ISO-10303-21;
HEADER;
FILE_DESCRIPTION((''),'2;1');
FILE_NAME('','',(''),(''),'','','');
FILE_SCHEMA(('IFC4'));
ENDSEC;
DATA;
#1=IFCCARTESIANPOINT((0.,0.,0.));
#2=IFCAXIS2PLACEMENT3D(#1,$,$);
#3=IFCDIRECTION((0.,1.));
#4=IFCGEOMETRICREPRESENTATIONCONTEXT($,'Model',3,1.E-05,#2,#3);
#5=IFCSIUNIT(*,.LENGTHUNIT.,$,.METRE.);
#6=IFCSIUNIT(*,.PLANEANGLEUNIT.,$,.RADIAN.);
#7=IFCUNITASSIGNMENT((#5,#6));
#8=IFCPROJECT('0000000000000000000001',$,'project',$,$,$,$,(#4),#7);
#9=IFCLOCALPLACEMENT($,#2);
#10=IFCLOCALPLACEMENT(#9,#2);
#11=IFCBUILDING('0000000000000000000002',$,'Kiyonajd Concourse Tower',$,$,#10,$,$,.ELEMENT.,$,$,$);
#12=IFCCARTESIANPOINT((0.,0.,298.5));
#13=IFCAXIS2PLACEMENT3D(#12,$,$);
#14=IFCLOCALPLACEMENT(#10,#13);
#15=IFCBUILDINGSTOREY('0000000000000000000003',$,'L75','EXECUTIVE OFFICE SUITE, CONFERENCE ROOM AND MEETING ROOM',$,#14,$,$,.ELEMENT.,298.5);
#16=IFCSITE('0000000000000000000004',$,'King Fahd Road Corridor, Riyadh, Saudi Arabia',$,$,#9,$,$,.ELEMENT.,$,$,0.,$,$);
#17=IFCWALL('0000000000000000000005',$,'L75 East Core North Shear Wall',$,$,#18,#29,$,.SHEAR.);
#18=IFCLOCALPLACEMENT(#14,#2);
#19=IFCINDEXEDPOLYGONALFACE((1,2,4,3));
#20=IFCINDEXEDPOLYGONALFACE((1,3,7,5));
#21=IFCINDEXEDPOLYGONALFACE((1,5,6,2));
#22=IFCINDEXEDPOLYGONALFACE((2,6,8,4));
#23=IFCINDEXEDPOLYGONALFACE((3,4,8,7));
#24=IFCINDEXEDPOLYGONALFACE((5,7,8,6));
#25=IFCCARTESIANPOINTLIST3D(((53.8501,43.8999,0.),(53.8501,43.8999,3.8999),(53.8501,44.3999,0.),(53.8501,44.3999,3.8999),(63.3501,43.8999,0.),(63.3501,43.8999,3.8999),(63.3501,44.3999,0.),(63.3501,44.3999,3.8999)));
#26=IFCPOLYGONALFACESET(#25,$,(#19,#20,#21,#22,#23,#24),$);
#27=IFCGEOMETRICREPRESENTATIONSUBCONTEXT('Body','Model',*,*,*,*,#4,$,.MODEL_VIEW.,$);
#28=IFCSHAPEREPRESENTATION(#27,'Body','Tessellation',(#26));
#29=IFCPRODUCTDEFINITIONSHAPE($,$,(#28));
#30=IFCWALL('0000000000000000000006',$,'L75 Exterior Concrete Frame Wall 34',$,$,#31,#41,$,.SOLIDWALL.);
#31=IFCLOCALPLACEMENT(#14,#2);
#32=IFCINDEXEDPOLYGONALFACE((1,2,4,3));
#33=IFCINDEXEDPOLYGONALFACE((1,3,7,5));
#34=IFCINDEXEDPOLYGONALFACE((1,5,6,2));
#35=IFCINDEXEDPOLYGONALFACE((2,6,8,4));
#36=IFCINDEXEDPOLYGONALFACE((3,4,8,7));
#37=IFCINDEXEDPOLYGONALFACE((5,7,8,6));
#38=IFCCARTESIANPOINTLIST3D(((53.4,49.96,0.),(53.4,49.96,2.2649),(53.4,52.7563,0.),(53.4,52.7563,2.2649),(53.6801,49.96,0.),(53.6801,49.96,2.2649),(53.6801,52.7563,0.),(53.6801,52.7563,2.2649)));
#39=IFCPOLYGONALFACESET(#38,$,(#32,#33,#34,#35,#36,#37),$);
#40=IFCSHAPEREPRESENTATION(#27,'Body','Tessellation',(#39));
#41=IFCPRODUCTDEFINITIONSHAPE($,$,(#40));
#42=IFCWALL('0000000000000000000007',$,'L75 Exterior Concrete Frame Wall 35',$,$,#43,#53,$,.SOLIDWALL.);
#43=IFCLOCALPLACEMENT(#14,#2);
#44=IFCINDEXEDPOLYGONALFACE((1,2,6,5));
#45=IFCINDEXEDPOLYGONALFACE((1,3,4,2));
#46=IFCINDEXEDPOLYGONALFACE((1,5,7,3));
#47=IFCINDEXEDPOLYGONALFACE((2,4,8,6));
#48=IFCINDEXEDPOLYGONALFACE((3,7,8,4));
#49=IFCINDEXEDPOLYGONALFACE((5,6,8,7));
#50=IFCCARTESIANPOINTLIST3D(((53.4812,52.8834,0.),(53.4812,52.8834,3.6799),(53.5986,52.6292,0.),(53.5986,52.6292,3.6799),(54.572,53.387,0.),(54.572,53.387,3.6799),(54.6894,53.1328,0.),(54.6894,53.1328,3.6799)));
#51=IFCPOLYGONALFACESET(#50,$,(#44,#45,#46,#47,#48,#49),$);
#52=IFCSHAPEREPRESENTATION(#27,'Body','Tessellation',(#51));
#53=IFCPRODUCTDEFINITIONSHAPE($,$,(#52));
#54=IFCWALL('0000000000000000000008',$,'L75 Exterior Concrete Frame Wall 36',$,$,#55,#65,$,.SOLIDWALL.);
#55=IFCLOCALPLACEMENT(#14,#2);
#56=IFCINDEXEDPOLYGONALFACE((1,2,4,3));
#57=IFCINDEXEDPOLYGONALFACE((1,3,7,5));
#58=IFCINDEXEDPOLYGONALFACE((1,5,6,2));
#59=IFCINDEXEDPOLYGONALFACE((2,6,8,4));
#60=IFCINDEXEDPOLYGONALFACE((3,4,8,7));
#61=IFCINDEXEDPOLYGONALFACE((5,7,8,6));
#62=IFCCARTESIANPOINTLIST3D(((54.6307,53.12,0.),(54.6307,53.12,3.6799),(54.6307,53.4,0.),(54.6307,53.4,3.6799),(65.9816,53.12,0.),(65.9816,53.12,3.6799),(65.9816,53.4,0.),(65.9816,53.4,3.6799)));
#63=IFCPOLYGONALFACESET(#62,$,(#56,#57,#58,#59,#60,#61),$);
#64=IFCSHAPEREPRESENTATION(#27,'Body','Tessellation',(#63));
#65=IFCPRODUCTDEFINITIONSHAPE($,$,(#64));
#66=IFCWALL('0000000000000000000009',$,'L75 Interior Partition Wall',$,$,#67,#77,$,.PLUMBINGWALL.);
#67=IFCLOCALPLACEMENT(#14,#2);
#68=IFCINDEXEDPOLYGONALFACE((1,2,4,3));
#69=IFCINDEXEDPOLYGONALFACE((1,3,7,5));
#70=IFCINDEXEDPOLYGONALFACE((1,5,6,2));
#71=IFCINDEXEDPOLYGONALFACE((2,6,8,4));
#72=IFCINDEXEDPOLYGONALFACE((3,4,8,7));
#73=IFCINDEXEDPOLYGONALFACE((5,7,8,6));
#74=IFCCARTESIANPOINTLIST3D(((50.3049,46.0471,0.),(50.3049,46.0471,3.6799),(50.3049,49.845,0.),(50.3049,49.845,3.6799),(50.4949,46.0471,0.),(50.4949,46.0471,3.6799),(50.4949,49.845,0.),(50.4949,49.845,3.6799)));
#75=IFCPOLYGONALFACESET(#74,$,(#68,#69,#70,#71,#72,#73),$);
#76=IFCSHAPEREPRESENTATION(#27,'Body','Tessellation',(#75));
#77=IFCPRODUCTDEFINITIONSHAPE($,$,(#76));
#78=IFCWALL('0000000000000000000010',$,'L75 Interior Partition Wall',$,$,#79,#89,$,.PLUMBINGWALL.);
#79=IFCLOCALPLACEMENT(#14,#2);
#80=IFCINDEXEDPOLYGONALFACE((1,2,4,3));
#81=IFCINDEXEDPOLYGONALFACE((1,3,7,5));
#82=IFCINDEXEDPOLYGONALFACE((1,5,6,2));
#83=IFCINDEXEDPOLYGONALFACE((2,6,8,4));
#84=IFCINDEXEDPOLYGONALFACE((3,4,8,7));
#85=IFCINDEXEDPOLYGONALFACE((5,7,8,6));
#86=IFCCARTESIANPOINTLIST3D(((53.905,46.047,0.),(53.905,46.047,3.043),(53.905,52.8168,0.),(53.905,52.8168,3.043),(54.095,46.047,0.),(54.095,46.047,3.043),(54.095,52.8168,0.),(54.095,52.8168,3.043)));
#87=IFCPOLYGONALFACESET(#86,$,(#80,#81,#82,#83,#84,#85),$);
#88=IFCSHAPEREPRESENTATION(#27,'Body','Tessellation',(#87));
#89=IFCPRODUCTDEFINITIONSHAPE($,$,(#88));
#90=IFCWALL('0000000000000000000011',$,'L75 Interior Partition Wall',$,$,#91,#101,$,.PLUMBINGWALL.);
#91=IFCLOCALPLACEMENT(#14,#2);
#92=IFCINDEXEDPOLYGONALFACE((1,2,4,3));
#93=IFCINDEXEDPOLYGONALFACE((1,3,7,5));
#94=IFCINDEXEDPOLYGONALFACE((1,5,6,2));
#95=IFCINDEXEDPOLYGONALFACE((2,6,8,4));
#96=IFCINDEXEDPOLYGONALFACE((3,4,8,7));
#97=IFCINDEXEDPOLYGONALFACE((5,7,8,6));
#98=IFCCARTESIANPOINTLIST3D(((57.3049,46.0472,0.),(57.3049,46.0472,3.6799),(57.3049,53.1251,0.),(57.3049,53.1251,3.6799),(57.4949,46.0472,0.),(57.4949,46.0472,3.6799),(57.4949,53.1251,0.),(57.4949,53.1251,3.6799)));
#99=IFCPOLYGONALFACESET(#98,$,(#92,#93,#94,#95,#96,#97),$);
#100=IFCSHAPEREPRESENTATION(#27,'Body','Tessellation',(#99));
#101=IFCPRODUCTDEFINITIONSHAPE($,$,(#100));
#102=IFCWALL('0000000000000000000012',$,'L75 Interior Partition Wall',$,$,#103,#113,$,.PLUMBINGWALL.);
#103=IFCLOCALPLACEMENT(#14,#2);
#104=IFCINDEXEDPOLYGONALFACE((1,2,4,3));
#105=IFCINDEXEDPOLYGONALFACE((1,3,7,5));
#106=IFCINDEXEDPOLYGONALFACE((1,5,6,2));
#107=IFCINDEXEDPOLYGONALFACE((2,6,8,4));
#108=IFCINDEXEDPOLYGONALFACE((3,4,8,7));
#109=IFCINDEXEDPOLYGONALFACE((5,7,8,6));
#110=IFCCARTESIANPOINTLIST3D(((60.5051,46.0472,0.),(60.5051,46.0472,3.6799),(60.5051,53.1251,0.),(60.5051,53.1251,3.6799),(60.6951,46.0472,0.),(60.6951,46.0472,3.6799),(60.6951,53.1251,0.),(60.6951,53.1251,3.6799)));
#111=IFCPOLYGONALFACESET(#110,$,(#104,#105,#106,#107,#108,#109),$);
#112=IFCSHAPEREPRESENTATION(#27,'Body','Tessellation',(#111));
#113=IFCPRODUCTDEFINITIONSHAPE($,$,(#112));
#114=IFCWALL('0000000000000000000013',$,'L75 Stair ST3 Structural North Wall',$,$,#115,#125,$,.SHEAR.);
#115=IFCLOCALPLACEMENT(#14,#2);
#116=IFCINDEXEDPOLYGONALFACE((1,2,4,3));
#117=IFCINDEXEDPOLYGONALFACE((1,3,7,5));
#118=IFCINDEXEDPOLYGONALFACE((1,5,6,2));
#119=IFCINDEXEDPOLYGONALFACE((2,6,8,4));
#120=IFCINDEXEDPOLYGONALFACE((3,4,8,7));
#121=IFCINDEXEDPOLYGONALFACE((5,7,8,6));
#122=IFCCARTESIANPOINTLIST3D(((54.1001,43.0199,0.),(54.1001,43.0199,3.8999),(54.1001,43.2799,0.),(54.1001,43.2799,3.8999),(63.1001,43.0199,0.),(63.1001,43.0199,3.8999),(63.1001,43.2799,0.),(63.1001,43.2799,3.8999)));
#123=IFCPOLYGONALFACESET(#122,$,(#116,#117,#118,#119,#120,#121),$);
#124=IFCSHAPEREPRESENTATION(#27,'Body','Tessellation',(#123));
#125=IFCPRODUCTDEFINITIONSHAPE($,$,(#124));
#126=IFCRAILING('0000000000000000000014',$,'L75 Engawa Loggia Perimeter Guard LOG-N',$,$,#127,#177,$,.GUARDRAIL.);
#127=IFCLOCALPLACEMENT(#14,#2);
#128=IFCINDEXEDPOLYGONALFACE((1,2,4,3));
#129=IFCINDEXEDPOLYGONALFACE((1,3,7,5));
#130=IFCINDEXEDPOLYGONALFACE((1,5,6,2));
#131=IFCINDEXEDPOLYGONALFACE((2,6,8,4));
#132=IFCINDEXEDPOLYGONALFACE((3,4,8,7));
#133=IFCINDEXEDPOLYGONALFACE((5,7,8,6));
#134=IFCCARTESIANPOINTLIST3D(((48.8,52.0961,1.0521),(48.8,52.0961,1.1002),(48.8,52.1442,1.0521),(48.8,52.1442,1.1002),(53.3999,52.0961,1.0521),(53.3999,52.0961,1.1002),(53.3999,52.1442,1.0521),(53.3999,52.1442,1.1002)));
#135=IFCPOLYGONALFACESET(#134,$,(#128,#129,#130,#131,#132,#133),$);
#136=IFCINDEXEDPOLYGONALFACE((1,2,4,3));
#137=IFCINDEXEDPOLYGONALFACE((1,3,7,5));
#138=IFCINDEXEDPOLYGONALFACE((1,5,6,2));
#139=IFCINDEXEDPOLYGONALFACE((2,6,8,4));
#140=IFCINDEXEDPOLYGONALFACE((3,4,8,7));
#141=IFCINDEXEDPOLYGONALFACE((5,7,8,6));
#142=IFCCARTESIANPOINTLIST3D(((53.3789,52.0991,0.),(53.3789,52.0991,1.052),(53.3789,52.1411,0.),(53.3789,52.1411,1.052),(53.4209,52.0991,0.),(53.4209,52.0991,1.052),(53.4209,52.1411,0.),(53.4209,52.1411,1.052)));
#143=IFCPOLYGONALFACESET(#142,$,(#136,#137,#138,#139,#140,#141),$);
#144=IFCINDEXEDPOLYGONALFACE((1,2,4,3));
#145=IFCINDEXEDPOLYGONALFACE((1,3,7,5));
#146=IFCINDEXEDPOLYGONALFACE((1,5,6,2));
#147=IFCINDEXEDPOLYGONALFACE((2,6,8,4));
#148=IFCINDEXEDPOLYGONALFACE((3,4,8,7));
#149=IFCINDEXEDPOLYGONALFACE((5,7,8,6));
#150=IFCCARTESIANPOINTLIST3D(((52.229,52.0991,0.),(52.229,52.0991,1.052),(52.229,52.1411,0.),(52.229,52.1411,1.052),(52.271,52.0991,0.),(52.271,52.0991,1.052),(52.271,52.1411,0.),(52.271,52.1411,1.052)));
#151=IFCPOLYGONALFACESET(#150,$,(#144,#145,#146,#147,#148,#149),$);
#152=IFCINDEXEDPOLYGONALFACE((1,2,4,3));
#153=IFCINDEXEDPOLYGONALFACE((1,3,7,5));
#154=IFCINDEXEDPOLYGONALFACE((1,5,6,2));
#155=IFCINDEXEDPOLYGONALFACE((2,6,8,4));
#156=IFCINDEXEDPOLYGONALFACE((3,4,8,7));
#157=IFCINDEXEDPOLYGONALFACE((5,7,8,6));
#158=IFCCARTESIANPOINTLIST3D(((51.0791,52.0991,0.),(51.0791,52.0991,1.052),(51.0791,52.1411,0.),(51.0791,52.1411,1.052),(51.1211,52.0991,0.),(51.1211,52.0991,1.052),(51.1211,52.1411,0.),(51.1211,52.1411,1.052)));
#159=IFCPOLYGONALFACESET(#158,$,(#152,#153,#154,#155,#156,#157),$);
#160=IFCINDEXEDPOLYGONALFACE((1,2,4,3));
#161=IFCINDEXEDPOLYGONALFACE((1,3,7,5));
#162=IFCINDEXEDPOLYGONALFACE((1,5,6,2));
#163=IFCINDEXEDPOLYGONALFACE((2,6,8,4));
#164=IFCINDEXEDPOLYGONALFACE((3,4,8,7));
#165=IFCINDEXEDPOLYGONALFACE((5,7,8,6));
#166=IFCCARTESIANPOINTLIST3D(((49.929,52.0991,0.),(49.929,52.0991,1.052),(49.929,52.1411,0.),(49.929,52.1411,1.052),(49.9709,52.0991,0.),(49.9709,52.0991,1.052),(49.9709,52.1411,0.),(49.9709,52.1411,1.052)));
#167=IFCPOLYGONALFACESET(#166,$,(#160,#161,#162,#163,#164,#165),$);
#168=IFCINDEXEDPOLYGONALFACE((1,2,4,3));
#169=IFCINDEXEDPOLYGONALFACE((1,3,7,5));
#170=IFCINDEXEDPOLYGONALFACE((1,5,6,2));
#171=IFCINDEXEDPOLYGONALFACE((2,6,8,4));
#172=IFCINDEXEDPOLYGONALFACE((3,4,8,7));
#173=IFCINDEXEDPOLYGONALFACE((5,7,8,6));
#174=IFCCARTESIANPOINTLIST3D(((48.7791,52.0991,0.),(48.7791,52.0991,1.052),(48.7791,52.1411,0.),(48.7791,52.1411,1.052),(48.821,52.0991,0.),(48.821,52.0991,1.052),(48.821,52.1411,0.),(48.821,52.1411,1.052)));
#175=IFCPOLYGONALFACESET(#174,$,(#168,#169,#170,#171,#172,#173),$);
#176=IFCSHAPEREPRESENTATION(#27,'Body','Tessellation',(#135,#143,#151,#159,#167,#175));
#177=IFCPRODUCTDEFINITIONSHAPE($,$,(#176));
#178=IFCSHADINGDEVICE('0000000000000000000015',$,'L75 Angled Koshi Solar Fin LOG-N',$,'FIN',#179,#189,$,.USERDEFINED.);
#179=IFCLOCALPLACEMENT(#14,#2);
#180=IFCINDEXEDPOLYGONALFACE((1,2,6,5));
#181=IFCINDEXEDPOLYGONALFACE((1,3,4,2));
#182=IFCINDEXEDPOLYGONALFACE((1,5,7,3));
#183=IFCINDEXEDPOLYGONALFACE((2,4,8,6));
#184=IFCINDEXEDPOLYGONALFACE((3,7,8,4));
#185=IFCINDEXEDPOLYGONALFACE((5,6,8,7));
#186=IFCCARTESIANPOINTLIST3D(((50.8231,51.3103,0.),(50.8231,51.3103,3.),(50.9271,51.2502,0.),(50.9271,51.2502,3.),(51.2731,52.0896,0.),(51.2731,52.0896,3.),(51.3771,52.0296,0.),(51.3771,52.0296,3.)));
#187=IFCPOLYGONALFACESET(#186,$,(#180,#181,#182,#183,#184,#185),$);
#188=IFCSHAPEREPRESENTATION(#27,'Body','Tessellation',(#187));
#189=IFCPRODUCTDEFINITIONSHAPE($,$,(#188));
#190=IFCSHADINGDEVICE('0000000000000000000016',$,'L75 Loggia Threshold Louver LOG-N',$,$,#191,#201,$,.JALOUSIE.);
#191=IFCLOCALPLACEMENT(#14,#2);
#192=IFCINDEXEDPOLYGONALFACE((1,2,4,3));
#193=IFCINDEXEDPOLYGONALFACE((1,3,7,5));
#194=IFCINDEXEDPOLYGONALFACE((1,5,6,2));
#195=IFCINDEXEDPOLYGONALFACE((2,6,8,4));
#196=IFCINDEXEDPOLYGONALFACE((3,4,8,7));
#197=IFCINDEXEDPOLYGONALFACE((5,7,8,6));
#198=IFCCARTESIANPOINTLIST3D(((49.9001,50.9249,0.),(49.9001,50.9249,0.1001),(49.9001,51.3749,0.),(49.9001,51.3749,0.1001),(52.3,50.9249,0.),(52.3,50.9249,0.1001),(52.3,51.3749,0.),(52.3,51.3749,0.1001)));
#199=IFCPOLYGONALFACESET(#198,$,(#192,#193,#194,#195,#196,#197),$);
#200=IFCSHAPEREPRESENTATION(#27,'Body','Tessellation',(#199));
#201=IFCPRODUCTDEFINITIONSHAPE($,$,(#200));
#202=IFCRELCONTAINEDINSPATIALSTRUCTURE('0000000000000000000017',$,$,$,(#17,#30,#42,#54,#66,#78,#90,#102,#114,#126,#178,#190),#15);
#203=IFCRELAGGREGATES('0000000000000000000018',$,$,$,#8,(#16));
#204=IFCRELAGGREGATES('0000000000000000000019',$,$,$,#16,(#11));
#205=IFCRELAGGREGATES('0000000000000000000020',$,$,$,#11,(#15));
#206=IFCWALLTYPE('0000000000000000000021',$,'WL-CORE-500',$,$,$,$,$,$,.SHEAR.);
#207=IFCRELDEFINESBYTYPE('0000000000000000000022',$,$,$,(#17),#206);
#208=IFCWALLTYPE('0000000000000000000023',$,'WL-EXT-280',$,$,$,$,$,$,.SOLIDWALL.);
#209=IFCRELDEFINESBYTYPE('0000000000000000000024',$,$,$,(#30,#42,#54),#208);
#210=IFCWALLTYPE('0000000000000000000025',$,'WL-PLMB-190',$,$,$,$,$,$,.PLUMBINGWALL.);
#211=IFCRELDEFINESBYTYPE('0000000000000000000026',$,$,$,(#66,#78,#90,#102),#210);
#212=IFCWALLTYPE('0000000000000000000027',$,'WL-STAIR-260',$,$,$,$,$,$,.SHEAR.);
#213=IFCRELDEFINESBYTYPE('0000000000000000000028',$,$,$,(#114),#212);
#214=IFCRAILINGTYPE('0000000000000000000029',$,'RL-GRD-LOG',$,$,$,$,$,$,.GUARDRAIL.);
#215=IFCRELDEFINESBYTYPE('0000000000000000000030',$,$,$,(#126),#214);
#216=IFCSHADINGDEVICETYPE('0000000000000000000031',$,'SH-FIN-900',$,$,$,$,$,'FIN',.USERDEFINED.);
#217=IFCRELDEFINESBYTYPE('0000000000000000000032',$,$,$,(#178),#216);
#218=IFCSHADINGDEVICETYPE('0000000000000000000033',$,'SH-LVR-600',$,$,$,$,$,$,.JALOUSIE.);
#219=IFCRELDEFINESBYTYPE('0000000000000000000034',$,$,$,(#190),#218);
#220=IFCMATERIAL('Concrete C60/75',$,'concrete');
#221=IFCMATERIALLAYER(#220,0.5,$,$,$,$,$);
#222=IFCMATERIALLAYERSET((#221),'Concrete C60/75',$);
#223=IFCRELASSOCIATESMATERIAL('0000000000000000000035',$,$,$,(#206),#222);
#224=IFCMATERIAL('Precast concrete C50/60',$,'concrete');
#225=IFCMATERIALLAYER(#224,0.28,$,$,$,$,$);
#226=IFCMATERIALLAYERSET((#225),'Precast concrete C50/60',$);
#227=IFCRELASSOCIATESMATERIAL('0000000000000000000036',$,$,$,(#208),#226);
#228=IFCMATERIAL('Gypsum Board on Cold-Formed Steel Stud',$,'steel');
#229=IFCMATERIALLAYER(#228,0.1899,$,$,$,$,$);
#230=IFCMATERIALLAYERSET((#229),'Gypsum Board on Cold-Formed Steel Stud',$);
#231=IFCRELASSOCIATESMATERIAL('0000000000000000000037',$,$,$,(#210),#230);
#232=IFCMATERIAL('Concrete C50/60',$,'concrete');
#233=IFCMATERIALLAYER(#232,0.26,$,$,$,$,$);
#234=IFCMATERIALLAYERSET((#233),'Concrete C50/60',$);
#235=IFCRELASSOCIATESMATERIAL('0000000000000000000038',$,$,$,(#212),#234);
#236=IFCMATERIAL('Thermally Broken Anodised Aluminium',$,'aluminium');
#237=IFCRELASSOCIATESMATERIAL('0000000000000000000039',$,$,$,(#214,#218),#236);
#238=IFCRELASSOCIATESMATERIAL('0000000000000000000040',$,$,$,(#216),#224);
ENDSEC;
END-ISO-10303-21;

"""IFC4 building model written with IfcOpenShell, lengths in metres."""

from ifc_helpers import new_model, si_unit, direction, frame, frame_2d, origin, origin_2d, place, context, subcontext, project, spatial, rectangle, extrude, material, layer, layer_set, type_object, element, save


model = new_model("IFC4")

# Units and contexts
model_context = context("Model", 3, precision=1e-05, world=origin(), true_north=direction((0.0, 1.0)))
body_context = subcontext(model_context, "Body", "Model", "MODEL_VIEW")
ifc_project = project(units=[si_unit("LENGTHUNIT", "METRE"), si_unit("PLANEANGLEUNIT", "RADIAN")], contexts=[model_context])

# Site, building, storey
site_placement = place(None, origin())
site = spatial("IfcSite", under=ifc_project, at=site_placement, Name="King Fahd Road Corridor, Riyadh, Saudi Arabia", CompositionType="ELEMENT", RefElevation=0.0)
building_placement = place(site_placement, origin())
building = spatial("IfcBuilding", under=site, at=building_placement, Name="Kiyonajd Concourse Tower", CompositionType="ELEMENT")
storey_placement = place(building_placement, frame((0.0, 0.0, 298.5)))
storey = spatial("IfcBuildingStorey", under=building, at=storey_placement, Name="L75", Description="EXECUTIVE OFFICE SUITE, CONFERENCE ROOM AND MEETING ROOM", CompositionType="ELEMENT", Elevation=298.5)

# Shared definitions
ifc_material_1 = material(Name="Concrete C60/75", Category="concrete")

# Shared definitions
ifc_material_2 = material(Name="Thermally Broken Anodised Aluminium", Category="aluminium")

# Walls
ifc_layer_1 = layer(ifc_material_1, 0.5)
ifc_layer_set_1 = layer_set([ifc_layer_1], Name="Concrete C60/75")
wall_type_1 = type_object("IfcWallType", Name="WL-CORE-500", PredefinedType="SHEAR", material=ifc_layer_set_1)
wall_1_placement = place(storey_placement, frame((53.8501, 44.1499, 0.0), z_axis=(0.0, 0.0, 1.0), x_axis=(1.0, 0.0, 0.0)))
element("IfcWall", 1, at=wall_1_placement, inside=storey, type_object=wall_type_1, Name="L75 East Core North Shear Wall", PredefinedType="SHEAR", context=body_context, shape_type="SweptSolid", body=[
    extrude(rectangle(XDim=9.5, YDim=0.5, at=frame_2d((4.75, 0.0))), origin(), (0.0, 0.0, 1.0), 3.8999),
])
ifc_material_3 = material(Name="Precast concrete C50/60", Category="concrete")
ifc_layer_2 = layer(ifc_material_3, 0.28)
ifc_layer_set_2 = layer_set([ifc_layer_2], Name="Precast concrete C50/60")
wall_type_2 = type_object("IfcWallType", Name="WL-EXT-280", PredefinedType="SOLIDWALL", material=ifc_layer_set_2)
wall_2_placement = place(storey_placement, frame((53.54, 49.96, 0.0), z_axis=(0.0, 0.0, 1.0), x_axis=(0.0, 1.0, 0.0)))
element("IfcWall", 2, at=wall_2_placement, inside=storey, type_object=wall_type_2, Name="L75 Exterior Concrete Frame Wall 34", PredefinedType="SOLIDWALL", context=body_context, shape_type="SweptSolid", body=[
    extrude(rectangle(XDim=2.7964, YDim=0.28, at=frame_2d((1.3982, 0.0))), origin(), (0.0, 0.0, 1.0), 2.2649),
])
wall_3_placement = place(storey_placement, frame((53.54, 52.7563, 0.0), z_axis=(0.0, 0.0, 1.0), x_axis=(0.907894, 0.4192, 0.0)))
element("IfcWall", 3, at=wall_3_placement, inside=storey, type_object=wall_type_2, Name="L75 Exterior Concrete Frame Wall 35", PredefinedType="SOLIDWALL", context=body_context, shape_type="SweptSolid", body=[
    extrude(rectangle(XDim=1.2014, YDim=0.28, at=frame_2d((0.6006, 0.0))), origin(), (0.0, 0.0, 1.0), 3.6799),
])
wall_4_placement = place(storey_placement, frame((54.6309, 53.26, 0.0), z_axis=(0.0, 0.0, 1.0), x_axis=(1.0, 0.0, 0.0)))
element("IfcWall", 4, at=wall_4_placement, inside=storey, type_object=wall_type_2, Name="L75 Exterior Concrete Frame Wall 36", PredefinedType="SOLIDWALL", context=body_context, shape_type="SweptSolid", body=[
    extrude(rectangle(XDim=11.3508, YDim=0.28, at=frame_2d((5.6753, 0.0))), origin(), (0.0, 0.0, 1.0), 3.6799),
])
ifc_material_4 = material(Name="Gypsum Board on Cold-Formed Steel Stud", Category="steel")
ifc_layer_3 = layer(ifc_material_4, 0.1899)
ifc_layer_set_3 = layer_set([ifc_layer_3], Name="Gypsum Board on Cold-Formed Steel Stud")
wall_type_3 = type_object("IfcWallType", Name="WL-PLMB-190", PredefinedType="PLUMBINGWALL", material=ifc_layer_set_3)
wall_5_placement = place(storey_placement, frame((50.3999, 46.0471, 0.0), z_axis=(0.0, 0.0, 1.0), x_axis=(0.0, 1.0, 0.0)))
element("IfcWall", 5, at=wall_5_placement, inside=storey, type_object=wall_type_3, Name="L75 Interior Partition Wall", PredefinedType="PLUMBINGWALL", context=body_context, shape_type="SweptSolid", body=[
    extrude(rectangle(XDim=3.7979, YDim=0.1899, at=frame_2d((1.8989, 0.0))), origin(), (0.0, 0.0, 1.0), 3.6799),
])
wall_6_placement = place(storey_placement, frame((54.0, 46.0471, 0.0), z_axis=(0.0, 0.0, 1.0), x_axis=(0.0, 1.0, 0.0)))
element("IfcWall", 6, at=wall_6_placement, inside=storey, type_object=wall_type_3, Name="L75 Interior Partition Wall", PredefinedType="PLUMBINGWALL", context=body_context, shape_type="SweptSolid", body=[
    extrude(rectangle(XDim=6.7698, YDim=0.1899, at=frame_2d((3.3848, 0.0))), origin(), (0.0, 0.0, 1.0), 3.043),
])
for number, where, z_axis, x_axis, name in (
    (7, (57.3999, 46.0471, 0.0), (0.0, 0.0, 1.0), (0.0, 1.0, 0.0), "L75 Interior Partition Wall"),
    (8, (60.6001, 46.0471, 0.0), (0.0, 0.0, 1.0), (0.0, 1.0, 0.0), "L75 Interior Partition Wall"),
):
    element("IfcWall", number, at=place(storey_placement, frame(where, z_axis=z_axis, x_axis=x_axis)), inside=storey, type_object=wall_type_3, Name=name, PredefinedType="PLUMBINGWALL", context=body_context, shape_type="SweptSolid", body=[
        extrude(rectangle(XDim=7.0779, YDim=0.1899, at=frame_2d((3.5391, 0.0))), origin(), (0.0, 0.0, 1.0), 3.6799),
    ])
ifc_material_5 = material(Name="Concrete C50/60", Category="concrete")
ifc_layer_4 = layer(ifc_material_5, 0.26)
ifc_layer_set_4 = layer_set([ifc_layer_4], Name="Concrete C50/60")
wall_type_4 = type_object("IfcWallType", Name="WL-STAIR-260", PredefinedType="SHEAR", material=ifc_layer_set_4)
wall_7_placement = place(storey_placement, frame((54.1001, 43.1499, 0.0), z_axis=(0.0, 0.0, 1.0), x_axis=(1.0, 0.0, 0.0)))
element("IfcWall", 9, at=wall_7_placement, inside=storey, type_object=wall_type_4, Name="L75 Stair ST3 Structural North Wall", PredefinedType="SHEAR", context=body_context, shape_type="SweptSolid", body=[
    extrude(rectangle(XDim=9.0, YDim=0.26, at=frame_2d((4.5, 0.0))), origin(), (0.0, 0.0, 1.0), 3.8999),
])

# Railing
railing_type = type_object("IfcRailingType", Name="RL-GRD-LOG", PredefinedType="GUARDRAIL", material=ifc_material_2)
railing_placement = place(storey_placement, frame((53.3999, 52.1201, 0.0)))
element("IfcRailing", 10, at=railing_placement, inside=storey, type_object=railing_type, Name="L75 Engawa Loggia Perimeter Guard LOG-N", PredefinedType="GUARDRAIL", context=body_context, shape_type="SweptSolid", body=[
    extrude(rectangle(XDim=0.0481, YDim=0.0481, at=origin_2d()), frame((0.0, 0.0, 1.0762), z_axis=(-1.0, 0.0, 0.0), x_axis=(0.0, -1.0, 0.0)), (0.0, 0.0, 1.0), 4.5999),
    extrude(rectangle(XDim=0.042, YDim=0.042, at=origin_2d()), origin(), (0.0, 0.0, 1.0), 1.052),
    extrude(rectangle(XDim=0.042, YDim=0.042, at=origin_2d()), frame((-1.1499, 0.0, 0.0)), (0.0, 0.0, 1.0), 1.052),
    extrude(rectangle(XDim=0.042, YDim=0.042, at=origin_2d()), frame((-2.2998, 0.0, 0.0)), (0.0, 0.0, 1.0), 1.052),
    extrude(rectangle(XDim=0.042, YDim=0.042, at=origin_2d()), frame((-3.45, 0.0, 0.0)), (0.0, 0.0, 1.0), 1.052),
    extrude(rectangle(XDim=0.042, YDim=0.042, at=origin_2d()), frame((-4.5999, 0.0, 0.0)), (0.0, 0.0, 1.0), 1.052),
])

# Shading devices
shading_device_type_1 = type_object("IfcShadingDeviceType", Name="SH-FIN-900", ElementType="FIN", PredefinedType="USERDEFINED", material=ifc_material_3)
shading_device_1_placement = place(storey_placement, frame((51.1001, 51.6699, 0.0), z_axis=(0.0, 0.0, 1.0), x_axis=(0.5, 0.866025, 0.0)))
element("IfcShadingDevice", 11, at=shading_device_1_placement, inside=storey, type_object=shading_device_type_1, Name="L75 Angled Koshi Solar Fin LOG-N", ObjectType="FIN", PredefinedType="USERDEFINED", context=body_context, shape_type="SweptSolid", body=[
    extrude(rectangle(XDim=0.8999, YDim=0.1201, at=origin_2d()), origin(), (0.0, 0.0, 1.0), 3.0),
])
shading_device_type_2 = type_object("IfcShadingDeviceType", Name="SH-LVR-600", PredefinedType="JALOUSIE", material=ifc_material_2)
shading_device_2_placement = place(storey_placement, frame((51.1001, 51.1499, 0.0), z_axis=(0.0, 0.0, 1.0), x_axis=(1.0, 0.0, 0.0)))
element("IfcShadingDevice", 12, at=shading_device_2_placement, inside=storey, type_object=shading_device_type_2, Name="L75 Loggia Threshold Louver LOG-N", PredefinedType="JALOUSIE", context=body_context, shape_type="SweptSolid", body=[
    extrude(rectangle(XDim=2.3999, YDim=0.45, at=origin_2d()), origin(), (0.0, 0.0, 1.0), 0.1001),
])

save(model, "model.ifc")
